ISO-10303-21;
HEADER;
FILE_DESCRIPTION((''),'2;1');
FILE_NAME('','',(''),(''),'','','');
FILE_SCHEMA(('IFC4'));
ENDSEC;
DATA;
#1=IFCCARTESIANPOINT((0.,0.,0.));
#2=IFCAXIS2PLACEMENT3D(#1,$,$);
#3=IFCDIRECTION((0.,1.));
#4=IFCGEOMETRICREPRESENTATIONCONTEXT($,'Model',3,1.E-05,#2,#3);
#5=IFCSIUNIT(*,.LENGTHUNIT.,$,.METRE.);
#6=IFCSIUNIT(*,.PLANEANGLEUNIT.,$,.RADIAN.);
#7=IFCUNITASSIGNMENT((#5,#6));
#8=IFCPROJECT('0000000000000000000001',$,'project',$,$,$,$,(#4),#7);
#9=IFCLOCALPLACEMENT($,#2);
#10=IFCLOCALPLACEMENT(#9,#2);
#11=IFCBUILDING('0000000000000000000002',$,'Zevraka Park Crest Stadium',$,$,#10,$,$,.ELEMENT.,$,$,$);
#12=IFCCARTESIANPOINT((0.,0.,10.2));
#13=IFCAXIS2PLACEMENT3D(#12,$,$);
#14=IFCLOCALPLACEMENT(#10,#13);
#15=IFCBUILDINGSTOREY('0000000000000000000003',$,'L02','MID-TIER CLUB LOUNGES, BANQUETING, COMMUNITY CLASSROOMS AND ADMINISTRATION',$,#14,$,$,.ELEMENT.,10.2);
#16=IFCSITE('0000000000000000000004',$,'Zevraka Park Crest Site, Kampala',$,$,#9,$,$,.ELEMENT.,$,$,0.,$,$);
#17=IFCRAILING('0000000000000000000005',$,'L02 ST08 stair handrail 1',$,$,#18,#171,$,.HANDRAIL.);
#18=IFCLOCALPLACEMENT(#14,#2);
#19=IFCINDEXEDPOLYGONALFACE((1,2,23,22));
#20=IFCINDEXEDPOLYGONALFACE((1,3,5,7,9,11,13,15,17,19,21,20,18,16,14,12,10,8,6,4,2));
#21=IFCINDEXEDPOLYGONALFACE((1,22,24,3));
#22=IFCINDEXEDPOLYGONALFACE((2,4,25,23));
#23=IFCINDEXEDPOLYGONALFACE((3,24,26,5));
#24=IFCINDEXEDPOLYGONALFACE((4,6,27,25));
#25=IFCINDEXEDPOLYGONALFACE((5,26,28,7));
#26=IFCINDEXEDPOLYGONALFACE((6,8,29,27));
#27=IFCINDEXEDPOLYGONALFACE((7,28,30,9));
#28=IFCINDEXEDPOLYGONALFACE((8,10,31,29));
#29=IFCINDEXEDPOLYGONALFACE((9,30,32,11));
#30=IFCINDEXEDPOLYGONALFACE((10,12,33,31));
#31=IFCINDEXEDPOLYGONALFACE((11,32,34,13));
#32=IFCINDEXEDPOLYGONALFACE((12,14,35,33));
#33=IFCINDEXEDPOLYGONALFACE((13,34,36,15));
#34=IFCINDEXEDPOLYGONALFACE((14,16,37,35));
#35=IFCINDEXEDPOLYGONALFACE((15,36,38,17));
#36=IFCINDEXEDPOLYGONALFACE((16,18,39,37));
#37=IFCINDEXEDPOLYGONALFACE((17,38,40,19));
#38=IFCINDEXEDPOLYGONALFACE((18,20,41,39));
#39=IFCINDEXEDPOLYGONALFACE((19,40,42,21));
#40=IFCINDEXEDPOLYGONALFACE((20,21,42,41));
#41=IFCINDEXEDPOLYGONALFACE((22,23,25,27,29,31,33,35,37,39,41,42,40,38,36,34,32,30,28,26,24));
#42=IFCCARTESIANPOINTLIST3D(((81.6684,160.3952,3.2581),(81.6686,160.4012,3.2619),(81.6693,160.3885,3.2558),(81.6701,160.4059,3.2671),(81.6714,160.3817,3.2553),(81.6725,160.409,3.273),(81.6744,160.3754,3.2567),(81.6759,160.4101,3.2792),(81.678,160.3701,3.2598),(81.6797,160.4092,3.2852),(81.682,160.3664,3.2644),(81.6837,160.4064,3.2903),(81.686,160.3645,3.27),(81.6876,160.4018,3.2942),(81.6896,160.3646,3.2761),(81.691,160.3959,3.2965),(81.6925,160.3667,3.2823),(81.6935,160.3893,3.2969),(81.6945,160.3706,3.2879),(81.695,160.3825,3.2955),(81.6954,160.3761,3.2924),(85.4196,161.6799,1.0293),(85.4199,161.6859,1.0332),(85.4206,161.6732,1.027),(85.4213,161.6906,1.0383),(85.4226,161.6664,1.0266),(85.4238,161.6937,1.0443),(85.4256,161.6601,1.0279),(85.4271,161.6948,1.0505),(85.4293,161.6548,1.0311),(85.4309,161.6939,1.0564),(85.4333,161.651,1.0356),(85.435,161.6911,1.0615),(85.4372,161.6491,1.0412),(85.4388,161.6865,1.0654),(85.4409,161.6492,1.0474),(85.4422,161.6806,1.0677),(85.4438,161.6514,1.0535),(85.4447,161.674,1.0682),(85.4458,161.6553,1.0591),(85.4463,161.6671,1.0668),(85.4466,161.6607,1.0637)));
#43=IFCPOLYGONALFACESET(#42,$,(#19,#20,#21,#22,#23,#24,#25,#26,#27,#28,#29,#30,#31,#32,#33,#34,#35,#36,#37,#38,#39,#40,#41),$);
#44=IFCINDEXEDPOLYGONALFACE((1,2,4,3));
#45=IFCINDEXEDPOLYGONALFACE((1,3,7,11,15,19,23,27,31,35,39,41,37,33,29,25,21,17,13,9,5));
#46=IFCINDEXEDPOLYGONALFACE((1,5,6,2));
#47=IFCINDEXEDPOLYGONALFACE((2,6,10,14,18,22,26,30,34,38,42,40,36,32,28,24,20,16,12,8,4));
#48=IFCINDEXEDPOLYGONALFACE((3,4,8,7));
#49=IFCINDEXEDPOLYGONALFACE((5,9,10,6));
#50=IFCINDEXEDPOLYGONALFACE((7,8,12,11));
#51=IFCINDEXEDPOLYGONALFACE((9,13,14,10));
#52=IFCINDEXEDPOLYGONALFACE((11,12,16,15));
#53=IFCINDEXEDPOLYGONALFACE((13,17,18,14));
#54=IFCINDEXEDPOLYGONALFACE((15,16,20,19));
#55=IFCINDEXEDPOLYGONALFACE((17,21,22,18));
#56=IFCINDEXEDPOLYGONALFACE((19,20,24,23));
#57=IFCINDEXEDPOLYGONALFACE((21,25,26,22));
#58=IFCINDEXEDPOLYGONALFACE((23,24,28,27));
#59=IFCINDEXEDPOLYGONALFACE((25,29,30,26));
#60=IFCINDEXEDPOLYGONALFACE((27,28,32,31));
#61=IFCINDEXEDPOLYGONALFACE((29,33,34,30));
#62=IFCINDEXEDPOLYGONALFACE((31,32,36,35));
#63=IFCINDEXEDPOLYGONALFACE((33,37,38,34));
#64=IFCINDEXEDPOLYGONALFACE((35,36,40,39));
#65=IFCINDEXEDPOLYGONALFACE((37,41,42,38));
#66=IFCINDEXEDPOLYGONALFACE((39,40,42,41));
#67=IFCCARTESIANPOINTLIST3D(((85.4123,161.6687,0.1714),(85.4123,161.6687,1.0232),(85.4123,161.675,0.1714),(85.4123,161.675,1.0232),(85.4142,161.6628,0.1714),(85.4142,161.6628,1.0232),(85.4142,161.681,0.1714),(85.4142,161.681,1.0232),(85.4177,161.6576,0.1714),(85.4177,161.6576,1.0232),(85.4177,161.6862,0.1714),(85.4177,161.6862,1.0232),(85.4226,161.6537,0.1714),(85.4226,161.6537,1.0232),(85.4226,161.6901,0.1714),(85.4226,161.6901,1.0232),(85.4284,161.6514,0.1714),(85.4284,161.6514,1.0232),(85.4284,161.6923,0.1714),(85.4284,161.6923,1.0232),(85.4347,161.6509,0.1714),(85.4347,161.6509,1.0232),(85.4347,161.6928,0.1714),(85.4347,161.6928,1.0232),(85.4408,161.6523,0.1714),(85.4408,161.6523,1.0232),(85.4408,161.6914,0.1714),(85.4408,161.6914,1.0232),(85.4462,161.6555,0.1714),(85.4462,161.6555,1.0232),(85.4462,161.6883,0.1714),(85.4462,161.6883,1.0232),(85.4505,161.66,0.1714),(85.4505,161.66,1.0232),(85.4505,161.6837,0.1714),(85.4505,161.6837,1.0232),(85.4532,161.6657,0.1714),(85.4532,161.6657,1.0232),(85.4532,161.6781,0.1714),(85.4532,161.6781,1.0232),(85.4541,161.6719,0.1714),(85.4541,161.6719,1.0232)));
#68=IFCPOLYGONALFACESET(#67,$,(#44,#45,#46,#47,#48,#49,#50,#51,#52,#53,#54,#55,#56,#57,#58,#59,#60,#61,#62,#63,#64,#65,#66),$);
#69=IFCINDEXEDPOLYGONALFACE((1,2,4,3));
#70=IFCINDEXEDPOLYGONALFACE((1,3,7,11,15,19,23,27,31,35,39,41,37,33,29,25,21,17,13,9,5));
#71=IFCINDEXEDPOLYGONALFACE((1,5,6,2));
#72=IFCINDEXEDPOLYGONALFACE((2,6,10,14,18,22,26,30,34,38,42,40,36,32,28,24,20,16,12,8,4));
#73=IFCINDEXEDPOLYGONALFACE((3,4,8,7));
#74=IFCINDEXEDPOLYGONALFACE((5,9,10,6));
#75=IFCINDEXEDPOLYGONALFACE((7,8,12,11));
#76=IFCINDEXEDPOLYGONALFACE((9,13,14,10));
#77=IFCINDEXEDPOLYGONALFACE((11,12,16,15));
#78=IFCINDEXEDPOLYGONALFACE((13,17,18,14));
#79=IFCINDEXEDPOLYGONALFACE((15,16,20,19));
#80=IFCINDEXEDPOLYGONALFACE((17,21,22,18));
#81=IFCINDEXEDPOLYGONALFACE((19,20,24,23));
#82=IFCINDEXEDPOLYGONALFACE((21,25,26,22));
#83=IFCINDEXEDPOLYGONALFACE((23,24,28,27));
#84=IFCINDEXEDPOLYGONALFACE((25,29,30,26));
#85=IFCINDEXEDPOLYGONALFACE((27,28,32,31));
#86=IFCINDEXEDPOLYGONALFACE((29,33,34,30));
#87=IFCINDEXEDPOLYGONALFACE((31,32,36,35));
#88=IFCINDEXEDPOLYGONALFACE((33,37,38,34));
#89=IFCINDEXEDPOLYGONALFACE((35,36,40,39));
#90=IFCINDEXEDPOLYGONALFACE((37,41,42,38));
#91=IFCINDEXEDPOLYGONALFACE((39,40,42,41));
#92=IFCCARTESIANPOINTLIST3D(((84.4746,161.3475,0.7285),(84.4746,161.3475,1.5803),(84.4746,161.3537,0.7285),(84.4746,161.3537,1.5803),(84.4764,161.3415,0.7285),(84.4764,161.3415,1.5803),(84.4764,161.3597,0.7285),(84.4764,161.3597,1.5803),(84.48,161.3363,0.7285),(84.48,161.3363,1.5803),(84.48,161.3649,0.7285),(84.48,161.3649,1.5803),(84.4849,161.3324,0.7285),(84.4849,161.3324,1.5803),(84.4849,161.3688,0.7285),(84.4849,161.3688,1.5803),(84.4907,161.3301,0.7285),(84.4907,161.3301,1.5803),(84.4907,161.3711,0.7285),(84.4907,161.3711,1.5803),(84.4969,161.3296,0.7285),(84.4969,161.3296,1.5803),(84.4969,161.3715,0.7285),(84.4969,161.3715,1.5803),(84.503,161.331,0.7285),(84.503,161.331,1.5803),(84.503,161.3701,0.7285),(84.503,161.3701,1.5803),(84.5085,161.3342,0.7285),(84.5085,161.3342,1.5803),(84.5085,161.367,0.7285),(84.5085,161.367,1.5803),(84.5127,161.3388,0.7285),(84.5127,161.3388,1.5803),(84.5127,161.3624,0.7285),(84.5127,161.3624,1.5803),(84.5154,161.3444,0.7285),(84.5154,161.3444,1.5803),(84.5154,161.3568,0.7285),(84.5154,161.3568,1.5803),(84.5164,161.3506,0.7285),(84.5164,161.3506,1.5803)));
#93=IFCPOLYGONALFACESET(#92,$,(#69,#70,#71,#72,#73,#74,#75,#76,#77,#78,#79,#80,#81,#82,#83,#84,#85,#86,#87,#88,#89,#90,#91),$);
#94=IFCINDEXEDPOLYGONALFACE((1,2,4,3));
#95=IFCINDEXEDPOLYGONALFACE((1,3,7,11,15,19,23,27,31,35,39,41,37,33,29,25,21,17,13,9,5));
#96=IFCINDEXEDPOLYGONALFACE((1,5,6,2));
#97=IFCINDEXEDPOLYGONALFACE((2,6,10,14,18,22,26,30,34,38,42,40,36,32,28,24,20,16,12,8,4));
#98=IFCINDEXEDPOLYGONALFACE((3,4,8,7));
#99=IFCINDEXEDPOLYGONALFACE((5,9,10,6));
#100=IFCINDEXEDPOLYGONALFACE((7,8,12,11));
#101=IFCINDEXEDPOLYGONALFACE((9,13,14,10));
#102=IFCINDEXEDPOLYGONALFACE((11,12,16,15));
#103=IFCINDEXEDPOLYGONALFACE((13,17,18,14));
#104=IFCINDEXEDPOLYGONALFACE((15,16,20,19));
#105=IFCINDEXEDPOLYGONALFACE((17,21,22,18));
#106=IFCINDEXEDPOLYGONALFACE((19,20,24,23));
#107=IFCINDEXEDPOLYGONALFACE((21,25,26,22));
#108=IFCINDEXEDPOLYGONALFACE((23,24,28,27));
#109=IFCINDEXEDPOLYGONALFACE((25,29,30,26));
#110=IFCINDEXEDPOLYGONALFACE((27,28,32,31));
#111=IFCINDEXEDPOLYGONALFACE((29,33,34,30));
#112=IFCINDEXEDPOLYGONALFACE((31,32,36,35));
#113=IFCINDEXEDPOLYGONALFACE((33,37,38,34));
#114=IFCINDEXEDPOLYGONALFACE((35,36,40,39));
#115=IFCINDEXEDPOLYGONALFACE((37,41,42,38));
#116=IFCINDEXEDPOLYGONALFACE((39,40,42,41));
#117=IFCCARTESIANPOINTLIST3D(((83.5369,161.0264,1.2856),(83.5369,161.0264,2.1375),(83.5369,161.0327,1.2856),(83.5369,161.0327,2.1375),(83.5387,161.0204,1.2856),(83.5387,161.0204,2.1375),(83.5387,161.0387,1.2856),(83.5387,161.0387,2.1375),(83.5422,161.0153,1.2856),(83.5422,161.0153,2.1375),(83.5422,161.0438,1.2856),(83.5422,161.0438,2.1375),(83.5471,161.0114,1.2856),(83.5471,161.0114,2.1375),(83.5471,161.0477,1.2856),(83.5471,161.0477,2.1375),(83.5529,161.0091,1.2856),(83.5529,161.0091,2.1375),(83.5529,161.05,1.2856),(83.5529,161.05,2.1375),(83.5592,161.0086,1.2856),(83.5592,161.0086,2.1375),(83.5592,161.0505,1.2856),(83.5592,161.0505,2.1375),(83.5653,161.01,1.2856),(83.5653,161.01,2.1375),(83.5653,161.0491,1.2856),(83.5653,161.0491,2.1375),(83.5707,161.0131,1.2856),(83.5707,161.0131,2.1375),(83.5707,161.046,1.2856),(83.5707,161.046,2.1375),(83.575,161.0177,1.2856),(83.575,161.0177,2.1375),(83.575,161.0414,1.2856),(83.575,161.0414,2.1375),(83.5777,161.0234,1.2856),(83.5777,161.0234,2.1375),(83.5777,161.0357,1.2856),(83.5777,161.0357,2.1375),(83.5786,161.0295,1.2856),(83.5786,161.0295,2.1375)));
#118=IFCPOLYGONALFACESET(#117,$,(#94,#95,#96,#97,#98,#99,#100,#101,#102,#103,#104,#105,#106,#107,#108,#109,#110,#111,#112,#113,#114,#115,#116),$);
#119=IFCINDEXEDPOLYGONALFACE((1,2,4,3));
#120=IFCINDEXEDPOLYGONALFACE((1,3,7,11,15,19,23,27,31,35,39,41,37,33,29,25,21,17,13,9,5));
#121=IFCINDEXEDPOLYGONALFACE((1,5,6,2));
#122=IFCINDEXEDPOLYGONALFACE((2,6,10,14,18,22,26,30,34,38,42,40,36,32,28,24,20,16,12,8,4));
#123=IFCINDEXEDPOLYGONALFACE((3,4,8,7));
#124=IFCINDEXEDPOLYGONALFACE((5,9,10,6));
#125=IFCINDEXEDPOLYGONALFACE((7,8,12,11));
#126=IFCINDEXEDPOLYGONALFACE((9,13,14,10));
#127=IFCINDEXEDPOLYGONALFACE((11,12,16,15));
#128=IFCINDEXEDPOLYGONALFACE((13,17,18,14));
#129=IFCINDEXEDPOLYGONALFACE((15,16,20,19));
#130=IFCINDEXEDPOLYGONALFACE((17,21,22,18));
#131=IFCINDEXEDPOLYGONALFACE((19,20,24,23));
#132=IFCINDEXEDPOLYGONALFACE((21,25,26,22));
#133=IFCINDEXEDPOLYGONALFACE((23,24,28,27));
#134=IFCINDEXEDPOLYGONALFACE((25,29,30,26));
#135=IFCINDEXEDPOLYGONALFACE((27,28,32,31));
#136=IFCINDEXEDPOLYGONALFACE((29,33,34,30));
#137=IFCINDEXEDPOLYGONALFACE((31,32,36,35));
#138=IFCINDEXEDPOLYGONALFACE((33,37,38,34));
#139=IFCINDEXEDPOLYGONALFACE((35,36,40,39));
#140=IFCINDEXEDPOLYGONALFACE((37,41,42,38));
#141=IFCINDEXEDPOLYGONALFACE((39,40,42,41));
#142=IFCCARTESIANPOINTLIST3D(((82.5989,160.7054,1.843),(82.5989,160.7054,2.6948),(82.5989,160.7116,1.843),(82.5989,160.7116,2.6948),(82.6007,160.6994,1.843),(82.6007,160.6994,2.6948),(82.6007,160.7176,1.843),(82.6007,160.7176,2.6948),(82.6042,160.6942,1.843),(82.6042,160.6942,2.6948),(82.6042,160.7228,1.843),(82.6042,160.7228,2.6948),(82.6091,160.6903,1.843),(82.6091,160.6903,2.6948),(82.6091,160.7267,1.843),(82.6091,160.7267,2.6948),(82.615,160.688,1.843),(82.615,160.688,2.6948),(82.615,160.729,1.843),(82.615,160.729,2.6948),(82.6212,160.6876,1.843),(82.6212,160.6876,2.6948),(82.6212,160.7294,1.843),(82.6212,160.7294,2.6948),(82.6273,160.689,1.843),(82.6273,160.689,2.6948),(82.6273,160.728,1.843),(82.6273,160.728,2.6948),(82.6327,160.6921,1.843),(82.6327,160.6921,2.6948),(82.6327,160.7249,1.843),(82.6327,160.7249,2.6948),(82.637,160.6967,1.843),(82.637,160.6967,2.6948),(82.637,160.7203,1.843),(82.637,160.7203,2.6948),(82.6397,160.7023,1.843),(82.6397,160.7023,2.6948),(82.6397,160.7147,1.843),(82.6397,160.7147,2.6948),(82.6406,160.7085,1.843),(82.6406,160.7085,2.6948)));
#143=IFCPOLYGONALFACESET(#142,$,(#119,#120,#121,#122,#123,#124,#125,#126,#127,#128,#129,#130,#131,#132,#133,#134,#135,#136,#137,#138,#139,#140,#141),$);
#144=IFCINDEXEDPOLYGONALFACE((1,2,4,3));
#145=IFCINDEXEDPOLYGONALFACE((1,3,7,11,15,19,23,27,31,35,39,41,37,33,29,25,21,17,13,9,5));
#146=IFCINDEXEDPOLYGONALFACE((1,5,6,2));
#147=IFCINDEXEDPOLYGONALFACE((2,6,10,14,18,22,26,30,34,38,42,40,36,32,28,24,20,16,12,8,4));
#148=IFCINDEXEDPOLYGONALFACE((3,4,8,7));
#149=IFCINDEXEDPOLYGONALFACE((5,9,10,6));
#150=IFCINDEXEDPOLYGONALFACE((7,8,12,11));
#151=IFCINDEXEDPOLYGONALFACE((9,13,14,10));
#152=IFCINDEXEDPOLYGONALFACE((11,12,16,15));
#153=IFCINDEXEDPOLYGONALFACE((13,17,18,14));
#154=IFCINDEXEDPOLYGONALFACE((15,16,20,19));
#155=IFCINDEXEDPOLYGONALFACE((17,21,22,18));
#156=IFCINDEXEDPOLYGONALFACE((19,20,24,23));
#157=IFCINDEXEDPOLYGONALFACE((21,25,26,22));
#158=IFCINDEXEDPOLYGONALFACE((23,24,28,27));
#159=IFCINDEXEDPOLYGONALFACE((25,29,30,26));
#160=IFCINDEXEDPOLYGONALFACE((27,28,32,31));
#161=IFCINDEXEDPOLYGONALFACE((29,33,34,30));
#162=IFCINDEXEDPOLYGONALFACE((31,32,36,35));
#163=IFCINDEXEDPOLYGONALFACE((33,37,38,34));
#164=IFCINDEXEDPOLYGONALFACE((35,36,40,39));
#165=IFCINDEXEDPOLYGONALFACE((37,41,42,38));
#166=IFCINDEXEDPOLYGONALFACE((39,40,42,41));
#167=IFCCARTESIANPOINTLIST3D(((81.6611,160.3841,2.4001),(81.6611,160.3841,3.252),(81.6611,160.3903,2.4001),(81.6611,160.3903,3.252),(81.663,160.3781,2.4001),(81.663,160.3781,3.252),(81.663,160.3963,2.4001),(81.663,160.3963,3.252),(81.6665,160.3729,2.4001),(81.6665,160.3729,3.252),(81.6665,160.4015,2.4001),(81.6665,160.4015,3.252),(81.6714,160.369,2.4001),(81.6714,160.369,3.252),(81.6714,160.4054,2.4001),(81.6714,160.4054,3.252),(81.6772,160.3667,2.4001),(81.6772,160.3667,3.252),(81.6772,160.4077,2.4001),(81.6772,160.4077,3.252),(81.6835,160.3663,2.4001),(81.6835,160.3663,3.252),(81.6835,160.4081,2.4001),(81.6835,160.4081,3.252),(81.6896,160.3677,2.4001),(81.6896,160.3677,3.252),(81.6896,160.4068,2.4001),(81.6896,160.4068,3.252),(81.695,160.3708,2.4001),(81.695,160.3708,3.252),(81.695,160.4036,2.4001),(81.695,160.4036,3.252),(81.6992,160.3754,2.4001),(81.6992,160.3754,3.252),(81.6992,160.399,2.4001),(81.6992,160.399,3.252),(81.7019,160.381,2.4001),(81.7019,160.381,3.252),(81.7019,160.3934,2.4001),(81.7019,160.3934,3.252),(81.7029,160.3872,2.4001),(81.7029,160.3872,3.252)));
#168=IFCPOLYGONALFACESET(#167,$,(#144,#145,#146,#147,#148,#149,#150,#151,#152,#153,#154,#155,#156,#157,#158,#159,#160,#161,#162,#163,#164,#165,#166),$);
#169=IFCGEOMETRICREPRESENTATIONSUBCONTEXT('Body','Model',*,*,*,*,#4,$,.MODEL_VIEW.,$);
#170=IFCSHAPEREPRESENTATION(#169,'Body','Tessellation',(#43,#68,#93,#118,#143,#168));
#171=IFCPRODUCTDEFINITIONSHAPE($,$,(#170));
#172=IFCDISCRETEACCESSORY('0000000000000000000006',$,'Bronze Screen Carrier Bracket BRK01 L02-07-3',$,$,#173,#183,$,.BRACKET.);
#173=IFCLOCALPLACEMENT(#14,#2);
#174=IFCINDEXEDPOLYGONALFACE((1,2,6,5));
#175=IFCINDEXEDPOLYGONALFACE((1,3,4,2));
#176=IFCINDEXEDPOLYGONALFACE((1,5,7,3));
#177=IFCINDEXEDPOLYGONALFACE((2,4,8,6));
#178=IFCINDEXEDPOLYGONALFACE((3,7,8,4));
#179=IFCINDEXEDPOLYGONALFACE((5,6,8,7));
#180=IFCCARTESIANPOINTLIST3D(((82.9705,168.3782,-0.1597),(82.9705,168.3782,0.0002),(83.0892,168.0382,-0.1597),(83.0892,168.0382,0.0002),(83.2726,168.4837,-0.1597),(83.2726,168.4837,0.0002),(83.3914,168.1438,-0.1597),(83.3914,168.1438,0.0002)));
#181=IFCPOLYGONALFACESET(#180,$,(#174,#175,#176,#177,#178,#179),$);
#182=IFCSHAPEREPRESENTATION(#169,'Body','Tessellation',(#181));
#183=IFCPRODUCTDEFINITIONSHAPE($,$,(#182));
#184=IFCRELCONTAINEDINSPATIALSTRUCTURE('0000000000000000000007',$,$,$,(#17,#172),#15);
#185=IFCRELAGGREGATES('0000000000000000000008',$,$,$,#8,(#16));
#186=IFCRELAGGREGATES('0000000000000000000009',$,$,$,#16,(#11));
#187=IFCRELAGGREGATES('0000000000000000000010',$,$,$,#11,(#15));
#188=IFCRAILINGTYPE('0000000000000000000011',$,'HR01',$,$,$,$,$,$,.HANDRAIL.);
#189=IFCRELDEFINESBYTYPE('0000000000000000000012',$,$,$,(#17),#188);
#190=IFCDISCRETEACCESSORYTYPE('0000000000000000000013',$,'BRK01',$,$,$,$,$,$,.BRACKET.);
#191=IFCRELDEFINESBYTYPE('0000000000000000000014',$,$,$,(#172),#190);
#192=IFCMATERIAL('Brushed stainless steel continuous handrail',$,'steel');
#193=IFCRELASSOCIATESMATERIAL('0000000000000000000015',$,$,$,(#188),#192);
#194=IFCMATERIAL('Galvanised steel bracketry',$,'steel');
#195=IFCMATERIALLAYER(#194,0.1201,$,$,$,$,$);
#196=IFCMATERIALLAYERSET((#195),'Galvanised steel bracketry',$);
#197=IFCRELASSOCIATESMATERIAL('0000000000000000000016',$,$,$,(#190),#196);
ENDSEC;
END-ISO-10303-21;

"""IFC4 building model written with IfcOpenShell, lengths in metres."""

from ifc_helpers import new_model, si_unit, direction, frame, origin, origin_2d, place, context, subcontext, project, spatial, rectangle, circle, extrude, material, layer, layer_set, type_object, element, save


model = new_model("IFC4")

# Units and contexts
model_context = context("Model", 3, precision=1e-05, world=origin(), true_north=direction((0.0, 1.0)))
body_context = subcontext(model_context, "Body", "Model", "MODEL_VIEW")
ifc_project = project(units=[si_unit("LENGTHUNIT", "METRE"), si_unit("PLANEANGLEUNIT", "RADIAN")], contexts=[model_context])

# Site, building, storey
site_placement = place(None, origin())
site = spatial("IfcSite", under=ifc_project, at=site_placement, Name="Zevraka Park Crest Site, Kampala", CompositionType="ELEMENT", RefElevation=0.0)
building_placement = place(site_placement, origin())
building = spatial("IfcBuilding", under=site, at=building_placement, Name="Zevraka Park Crest Stadium", CompositionType="ELEMENT")
storey_placement = place(building_placement, frame((0.0, 0.0, 10.2)))
storey = spatial("IfcBuildingStorey", under=building, at=storey_placement, Name="L02", Description="MID-TIER CLUB LOUNGES, BANQUETING, COMMUNITY CLASSROOMS AND ADMINISTRATION", CompositionType="ELEMENT", Elevation=10.2)

# Railing
ifc_material_1 = material(Name="Brushed stainless steel continuous handrail", Category="steel")
railing_type = type_object("IfcRailingType", Name="HR01", PredefinedType="HANDRAIL", material=ifc_material_1)
railing_placement = place(storey_placement, frame((85.4331, 161.6719, 0.1714)))
element("IfcRailing", 1, at=railing_placement, inside=storey, type_object=railing_type, Name="L02 ST08 stair handrail 1", PredefinedType="HANDRAIL", context=body_context, shape_type="SweptSolid", body=[
    extrude(circle(Radius=0.0239, at=origin_2d()), frame((0.0, 0.0, 0.876), z_axis=(-0.824705, -0.282434, 0.489992), x_axis=(0.323994, -0.946059, 0.0)), (0.0, 0.0, 1.0), 4.5486),
    extrude(circle(Radius=0.021, at=origin_2d()), origin(), (0.0, 0.0, 1.0), 0.8518),
    extrude(circle(Radius=0.021, at=origin_2d()), frame((-0.9377, -0.3213, 0.5571)), (0.0, 0.0, 1.0), 0.8518),
    extrude(circle(Radius=0.021, at=origin_2d()), frame((-1.8755, -0.6423, 1.1143)), (0.0, 0.0, 1.0), 0.8518),
    extrude(circle(Radius=0.021, at=origin_2d()), frame((-2.8135, -0.9634, 1.6716)), (0.0, 0.0, 1.0), 0.8518),
    extrude(circle(Radius=0.021, at=origin_2d()), frame((-3.7512, -1.2847, 2.2288)), (0.0, 0.0, 1.0), 0.8518),
])

# Discrete accessory
ifc_material_2 = material(Name="Galvanised steel bracketry", Category="steel")
ifc_layer_1 = layer(ifc_material_2, 0.1201)
ifc_layer_set_1 = layer_set([ifc_layer_1], Name="Galvanised steel bracketry")
discrete_accessory_type = type_object("IfcDiscreteAccessoryType", Name="BRK01", PredefinedType="BRACKET", material=ifc_layer_set_1)
discrete_accessory_placement = place(storey_placement, frame((83.1809, 168.261, -0.1597), z_axis=(0.0, 0.0, 1.0), x_axis=(-0.944089, -0.329691, 0.0)))
element("IfcDiscreteAccessory", 2, at=discrete_accessory_placement, inside=storey, type_object=discrete_accessory_type, Name="Bronze Screen Carrier Bracket BRK01 L02-07-3", PredefinedType="BRACKET", context=body_context, shape_type="SweptSolid", body=[
    extrude(rectangle(XDim=0.3201, YDim=0.3601, at=origin_2d()), origin(), (0.0, 0.0, 1.0), 0.1599),
])

save(model, "model.ifc")
